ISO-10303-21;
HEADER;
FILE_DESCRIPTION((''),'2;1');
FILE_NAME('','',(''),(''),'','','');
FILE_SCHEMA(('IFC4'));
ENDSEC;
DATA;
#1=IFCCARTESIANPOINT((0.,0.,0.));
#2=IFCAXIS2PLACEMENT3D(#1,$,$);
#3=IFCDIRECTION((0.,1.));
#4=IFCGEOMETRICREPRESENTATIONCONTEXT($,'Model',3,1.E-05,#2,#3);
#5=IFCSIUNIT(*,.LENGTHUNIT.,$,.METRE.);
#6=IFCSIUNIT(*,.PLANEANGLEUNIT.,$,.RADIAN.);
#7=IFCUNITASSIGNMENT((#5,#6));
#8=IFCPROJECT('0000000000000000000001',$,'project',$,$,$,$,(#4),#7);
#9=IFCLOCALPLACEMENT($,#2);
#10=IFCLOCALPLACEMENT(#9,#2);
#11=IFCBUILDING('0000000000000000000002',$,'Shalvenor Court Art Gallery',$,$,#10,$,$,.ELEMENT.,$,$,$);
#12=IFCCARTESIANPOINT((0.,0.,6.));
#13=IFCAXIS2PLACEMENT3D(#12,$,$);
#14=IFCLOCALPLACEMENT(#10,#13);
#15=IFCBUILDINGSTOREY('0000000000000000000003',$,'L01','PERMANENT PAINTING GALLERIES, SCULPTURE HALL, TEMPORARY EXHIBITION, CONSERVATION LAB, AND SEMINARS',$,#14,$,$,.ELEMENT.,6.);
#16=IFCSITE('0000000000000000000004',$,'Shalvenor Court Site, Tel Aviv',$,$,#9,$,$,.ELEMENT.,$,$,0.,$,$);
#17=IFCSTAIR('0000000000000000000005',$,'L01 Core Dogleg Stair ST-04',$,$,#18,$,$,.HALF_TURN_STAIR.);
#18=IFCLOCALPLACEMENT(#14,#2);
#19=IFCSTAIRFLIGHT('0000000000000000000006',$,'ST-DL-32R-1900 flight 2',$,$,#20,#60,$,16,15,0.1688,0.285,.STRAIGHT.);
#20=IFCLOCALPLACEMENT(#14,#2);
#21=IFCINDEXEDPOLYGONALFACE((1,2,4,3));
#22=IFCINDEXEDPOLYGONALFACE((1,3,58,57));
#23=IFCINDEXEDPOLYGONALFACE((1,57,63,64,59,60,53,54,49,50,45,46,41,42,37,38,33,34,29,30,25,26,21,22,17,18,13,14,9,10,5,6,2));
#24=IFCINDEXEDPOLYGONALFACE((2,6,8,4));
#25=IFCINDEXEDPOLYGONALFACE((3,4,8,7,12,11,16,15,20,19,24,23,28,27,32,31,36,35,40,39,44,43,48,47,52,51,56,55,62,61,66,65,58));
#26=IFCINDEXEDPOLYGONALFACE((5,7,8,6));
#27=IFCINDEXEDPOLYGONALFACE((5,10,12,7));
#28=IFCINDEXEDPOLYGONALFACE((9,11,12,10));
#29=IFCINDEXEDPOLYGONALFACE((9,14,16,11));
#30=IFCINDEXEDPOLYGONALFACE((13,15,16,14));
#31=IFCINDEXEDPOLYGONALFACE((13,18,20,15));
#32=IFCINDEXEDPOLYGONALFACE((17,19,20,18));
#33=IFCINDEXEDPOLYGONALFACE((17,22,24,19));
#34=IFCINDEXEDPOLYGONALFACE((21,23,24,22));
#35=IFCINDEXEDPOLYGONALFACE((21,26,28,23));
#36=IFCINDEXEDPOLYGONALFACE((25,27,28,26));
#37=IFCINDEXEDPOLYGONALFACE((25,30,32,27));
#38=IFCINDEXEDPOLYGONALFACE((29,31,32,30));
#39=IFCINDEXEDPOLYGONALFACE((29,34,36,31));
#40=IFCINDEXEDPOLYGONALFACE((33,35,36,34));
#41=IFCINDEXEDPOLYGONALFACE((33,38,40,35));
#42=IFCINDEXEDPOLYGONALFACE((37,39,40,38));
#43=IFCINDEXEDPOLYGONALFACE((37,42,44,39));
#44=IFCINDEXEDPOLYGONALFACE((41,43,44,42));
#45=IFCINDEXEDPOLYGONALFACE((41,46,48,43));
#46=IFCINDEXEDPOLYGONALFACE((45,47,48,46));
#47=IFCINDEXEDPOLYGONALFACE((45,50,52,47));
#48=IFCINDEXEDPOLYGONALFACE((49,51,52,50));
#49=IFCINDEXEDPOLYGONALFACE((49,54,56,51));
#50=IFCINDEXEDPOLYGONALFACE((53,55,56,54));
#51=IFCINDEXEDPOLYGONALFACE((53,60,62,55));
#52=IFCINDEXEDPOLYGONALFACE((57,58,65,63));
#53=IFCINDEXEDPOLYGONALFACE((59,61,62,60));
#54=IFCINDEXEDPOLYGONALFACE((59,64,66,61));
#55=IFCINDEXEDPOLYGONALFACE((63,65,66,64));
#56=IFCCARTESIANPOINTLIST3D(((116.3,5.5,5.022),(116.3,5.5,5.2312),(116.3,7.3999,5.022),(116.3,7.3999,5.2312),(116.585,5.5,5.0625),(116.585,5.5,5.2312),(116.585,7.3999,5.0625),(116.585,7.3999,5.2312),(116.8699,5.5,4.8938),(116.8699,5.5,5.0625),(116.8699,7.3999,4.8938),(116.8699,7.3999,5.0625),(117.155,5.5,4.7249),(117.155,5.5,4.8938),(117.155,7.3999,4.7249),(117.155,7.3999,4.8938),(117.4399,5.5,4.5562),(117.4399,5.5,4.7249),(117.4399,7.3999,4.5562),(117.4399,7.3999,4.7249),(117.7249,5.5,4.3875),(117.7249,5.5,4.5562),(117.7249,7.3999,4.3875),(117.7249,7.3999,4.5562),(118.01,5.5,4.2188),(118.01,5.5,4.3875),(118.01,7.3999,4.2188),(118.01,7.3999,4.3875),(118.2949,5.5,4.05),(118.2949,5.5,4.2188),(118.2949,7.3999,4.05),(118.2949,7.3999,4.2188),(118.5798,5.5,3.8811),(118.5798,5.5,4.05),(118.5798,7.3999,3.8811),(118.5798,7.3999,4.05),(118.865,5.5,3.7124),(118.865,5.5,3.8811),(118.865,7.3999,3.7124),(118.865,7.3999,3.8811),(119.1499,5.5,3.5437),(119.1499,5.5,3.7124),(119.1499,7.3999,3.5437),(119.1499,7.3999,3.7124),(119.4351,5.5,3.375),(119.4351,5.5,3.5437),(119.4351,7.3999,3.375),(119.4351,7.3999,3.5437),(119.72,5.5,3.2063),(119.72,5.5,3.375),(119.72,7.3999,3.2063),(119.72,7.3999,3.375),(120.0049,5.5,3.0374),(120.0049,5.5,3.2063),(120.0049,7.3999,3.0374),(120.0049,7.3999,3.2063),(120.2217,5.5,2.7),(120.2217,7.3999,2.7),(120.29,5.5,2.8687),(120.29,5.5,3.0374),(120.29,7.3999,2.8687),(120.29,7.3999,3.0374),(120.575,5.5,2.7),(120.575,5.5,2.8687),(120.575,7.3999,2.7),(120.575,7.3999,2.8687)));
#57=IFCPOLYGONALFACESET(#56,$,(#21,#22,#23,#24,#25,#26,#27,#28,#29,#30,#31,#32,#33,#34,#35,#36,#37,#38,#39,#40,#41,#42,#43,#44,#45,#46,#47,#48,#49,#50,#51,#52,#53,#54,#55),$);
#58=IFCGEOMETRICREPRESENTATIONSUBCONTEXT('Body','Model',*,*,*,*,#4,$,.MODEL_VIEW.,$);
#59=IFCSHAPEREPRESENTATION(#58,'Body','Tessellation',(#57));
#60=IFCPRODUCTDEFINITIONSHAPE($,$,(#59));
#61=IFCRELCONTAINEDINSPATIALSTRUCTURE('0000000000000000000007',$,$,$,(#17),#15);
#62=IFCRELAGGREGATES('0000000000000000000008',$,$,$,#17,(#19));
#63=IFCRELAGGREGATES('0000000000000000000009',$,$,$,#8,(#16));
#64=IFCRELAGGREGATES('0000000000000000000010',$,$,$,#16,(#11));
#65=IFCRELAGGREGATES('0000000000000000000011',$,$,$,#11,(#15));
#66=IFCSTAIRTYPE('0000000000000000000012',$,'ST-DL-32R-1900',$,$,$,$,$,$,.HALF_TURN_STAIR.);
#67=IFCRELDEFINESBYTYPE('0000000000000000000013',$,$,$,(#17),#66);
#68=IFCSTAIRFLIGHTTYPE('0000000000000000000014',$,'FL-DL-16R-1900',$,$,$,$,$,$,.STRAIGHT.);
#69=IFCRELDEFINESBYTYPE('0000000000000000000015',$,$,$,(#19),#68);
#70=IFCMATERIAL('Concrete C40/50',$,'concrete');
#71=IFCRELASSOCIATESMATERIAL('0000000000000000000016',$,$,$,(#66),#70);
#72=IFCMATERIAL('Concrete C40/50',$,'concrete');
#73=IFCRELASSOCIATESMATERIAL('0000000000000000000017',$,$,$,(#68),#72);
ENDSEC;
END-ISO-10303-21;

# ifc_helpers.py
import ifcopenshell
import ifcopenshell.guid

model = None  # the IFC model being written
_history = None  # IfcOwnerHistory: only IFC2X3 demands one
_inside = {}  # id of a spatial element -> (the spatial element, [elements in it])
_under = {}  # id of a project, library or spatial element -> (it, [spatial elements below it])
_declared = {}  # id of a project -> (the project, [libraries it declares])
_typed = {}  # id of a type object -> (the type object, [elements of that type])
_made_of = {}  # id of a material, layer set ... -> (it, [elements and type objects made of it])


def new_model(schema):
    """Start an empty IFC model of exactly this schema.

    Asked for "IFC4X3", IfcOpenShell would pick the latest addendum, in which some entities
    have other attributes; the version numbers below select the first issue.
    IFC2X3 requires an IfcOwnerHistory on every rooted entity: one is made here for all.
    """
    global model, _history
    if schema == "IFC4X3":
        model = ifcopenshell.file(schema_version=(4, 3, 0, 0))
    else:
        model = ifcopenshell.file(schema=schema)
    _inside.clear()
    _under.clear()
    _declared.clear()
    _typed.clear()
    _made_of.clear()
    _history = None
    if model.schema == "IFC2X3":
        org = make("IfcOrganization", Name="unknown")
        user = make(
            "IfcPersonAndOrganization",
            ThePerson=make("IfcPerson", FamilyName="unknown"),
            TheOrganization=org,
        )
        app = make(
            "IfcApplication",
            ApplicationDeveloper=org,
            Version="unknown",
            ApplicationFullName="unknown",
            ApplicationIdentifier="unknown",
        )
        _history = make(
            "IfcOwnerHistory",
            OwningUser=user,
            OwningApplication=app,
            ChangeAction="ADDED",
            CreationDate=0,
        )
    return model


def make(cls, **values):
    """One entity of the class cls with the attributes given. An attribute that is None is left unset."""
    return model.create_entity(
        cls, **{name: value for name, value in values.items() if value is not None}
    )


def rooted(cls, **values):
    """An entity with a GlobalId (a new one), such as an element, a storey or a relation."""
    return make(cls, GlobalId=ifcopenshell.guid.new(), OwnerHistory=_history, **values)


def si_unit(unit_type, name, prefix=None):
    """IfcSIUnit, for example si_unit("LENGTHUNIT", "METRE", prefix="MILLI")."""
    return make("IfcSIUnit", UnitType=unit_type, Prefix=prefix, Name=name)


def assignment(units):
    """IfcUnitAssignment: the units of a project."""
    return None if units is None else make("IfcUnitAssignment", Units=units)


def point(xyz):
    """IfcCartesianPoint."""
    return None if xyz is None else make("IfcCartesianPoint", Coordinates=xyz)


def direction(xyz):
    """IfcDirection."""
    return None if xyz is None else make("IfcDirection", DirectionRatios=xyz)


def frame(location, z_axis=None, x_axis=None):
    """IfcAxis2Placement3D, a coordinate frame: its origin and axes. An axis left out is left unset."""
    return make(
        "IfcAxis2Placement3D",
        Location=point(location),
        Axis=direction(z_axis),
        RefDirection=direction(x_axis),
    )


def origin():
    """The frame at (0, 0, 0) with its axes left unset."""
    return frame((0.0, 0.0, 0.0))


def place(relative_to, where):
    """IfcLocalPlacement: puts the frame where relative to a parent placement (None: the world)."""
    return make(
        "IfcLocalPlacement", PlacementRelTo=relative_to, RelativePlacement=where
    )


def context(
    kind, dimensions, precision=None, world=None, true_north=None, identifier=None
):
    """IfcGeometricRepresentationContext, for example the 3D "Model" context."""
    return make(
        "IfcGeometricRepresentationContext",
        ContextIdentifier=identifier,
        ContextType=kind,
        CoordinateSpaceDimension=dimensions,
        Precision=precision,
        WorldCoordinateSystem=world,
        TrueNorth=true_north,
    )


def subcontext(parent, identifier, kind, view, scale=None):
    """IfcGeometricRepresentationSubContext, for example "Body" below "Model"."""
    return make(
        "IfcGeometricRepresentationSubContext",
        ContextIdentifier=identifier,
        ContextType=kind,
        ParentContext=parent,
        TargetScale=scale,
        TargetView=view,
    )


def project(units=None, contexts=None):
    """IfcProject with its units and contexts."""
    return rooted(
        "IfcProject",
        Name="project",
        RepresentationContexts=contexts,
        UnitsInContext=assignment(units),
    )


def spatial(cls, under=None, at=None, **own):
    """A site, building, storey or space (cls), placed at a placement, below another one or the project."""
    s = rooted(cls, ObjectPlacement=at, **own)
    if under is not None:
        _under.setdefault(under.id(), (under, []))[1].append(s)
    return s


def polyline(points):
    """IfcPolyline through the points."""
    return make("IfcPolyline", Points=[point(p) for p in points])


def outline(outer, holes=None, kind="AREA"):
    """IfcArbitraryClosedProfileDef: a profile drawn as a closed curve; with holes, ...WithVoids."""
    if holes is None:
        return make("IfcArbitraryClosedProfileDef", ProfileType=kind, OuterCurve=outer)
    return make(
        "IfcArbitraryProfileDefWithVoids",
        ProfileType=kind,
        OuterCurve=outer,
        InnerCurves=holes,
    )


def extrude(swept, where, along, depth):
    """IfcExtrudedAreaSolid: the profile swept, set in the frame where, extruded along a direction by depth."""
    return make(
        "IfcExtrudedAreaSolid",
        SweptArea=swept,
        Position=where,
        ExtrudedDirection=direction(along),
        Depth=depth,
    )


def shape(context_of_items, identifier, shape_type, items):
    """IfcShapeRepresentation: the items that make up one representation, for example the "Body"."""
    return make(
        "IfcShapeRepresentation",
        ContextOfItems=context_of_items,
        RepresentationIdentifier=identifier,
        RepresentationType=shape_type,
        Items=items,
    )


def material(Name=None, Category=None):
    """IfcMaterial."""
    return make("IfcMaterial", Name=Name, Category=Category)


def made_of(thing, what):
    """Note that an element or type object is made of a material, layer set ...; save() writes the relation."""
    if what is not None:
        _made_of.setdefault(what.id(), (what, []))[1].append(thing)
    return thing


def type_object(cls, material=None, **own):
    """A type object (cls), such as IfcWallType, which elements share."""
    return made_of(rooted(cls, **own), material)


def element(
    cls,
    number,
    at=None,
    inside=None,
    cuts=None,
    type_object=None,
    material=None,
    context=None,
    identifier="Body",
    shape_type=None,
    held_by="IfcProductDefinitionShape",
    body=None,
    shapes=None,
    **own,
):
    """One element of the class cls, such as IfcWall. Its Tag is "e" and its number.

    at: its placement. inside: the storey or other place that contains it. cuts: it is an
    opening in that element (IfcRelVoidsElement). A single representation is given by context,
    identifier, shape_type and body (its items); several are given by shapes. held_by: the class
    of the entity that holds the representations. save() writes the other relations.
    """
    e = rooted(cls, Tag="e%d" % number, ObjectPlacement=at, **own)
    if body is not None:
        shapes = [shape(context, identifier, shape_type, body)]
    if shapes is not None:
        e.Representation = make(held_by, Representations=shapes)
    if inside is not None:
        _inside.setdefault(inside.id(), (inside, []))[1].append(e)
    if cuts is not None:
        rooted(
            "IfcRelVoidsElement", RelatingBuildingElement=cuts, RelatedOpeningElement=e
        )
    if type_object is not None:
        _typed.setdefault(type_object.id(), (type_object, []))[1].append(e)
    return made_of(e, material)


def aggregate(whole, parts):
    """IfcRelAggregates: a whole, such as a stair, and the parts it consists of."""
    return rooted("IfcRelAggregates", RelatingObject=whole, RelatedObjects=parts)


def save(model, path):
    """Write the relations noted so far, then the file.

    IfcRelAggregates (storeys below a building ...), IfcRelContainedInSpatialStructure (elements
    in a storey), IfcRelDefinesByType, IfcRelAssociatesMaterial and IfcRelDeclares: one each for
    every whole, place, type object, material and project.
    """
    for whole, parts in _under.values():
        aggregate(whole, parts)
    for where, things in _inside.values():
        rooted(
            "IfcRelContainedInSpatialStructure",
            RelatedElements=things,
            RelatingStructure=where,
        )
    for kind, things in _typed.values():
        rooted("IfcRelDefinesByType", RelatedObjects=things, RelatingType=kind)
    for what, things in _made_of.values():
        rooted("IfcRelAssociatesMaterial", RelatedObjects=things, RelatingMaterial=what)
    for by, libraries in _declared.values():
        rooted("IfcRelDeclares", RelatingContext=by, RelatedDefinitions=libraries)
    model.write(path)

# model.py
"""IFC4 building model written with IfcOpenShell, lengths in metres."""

from ifc_helpers import new_model, si_unit, direction, frame, origin, place, context, subcontext, project, spatial, polyline, outline, extrude, material, type_object, element, aggregate, save


model = new_model("IFC4")

# Units and contexts
model_context = context("Model", 3, precision=1e-05, world=origin(), true_north=direction((0.0, 1.0)))
body_context = subcontext(model_context, "Body", "Model", "MODEL_VIEW")
ifc_project = project(units=[si_unit("LENGTHUNIT", "METRE"), si_unit("PLANEANGLEUNIT", "RADIAN")], contexts=[model_context])

# Site, building, storey
site_placement = place(None, origin())
site = spatial("IfcSite", under=ifc_project, at=site_placement, Name="Shalvenor Court Site, Tel Aviv", CompositionType="ELEMENT", RefElevation=0.0)
building_placement = place(site_placement, origin())
building = spatial("IfcBuilding", under=site, at=building_placement, Name="Shalvenor Court Art Gallery", CompositionType="ELEMENT")
storey_placement = place(building_placement, frame((0.0, 0.0, 6.0)))
storey = spatial("IfcBuildingStorey", under=building, at=storey_placement, Name="L01", Description="PERMANENT PAINTING GALLERIES, SCULPTURE HALL, TEMPORARY EXHIBITION, CONSERVATION LAB, AND SEMINARS", CompositionType="ELEMENT", Elevation=6.0)

# Stair, stair flight
ifc_material_1 = material(Name="Concrete C40/50", Category="concrete")
stair_type = type_object("IfcStairType", Name="ST-DL-32R-1900", PredefinedType="HALF_TURN_STAIR", material=ifc_material_1)
stair_placement = place(storey_placement, origin())
stair = element("IfcStair", 1, at=stair_placement, inside=storey, type_object=stair_type, Name="L01 Core Dogleg Stair ST-04", PredefinedType="HALF_TURN_STAIR")
ifc_material_2 = material(Name="Concrete C40/50", Category="concrete")
stair_flight_type = type_object("IfcStairFlightType", Name="FL-DL-16R-1900", PredefinedType="STRAIGHT", material=ifc_material_2)
stair_flight_placement = place(storey_placement, frame((120.575, 6.45, 2.7), z_axis=(0.0, 0.0, 1.0), x_axis=(-1.0, 0.0, 0.0)))
stair_flight = element("IfcStairFlight", 2, at=stair_flight_placement, type_object=stair_flight_type, Name="ST-DL-32R-1900 flight 2", NumberOfRisers=16, NumberOfTreads=15, PredefinedType="STRAIGHT", RiserHeight=0.1688, TreadLength=0.285, context=body_context, shape_type="SweptSolid", body=[
    extrude(outline(polyline([(0.0, 0.0), (0.0, 0.1687), (0.2849, 0.1687), (0.2849, 0.3374), (0.5701, 0.3374), (0.5701, 0.5063), (0.855, 0.5063), (0.855, 0.675), (1.1399, 0.675), (1.1399, 0.8438), (1.425, 0.8438), (1.425, 1.0125), (1.71, 1.0125), (1.71, 1.1812), (1.9951, 1.1812), (1.9951, 1.3501), (2.28, 1.3501), (2.28, 1.5188), (2.5649, 1.5188), (2.5649, 1.6875), (2.8501, 1.6875), (2.8501, 1.8562), (3.135, 1.8562), (3.135, 2.0249), (3.4199, 2.0249), (3.4199, 2.1938), (3.7051, 2.1938), (3.7051, 2.3625), (3.99, 2.3625), (3.99, 2.5312), (4.2749, 2.5312), (4.2749, 2.7), (4.2749, 2.322), (0.3533, 0.0), (0.0, 0.0)])), frame((0.0, 0.95, 0.0), z_axis=(0.0, -1.0, 0.0), x_axis=(1.0, 0.0, 0.0)), (0.0, 0.0, 1.0), 1.8999),
])
aggregate(stair, [stair_flight])

save(model, "model.ifc")
